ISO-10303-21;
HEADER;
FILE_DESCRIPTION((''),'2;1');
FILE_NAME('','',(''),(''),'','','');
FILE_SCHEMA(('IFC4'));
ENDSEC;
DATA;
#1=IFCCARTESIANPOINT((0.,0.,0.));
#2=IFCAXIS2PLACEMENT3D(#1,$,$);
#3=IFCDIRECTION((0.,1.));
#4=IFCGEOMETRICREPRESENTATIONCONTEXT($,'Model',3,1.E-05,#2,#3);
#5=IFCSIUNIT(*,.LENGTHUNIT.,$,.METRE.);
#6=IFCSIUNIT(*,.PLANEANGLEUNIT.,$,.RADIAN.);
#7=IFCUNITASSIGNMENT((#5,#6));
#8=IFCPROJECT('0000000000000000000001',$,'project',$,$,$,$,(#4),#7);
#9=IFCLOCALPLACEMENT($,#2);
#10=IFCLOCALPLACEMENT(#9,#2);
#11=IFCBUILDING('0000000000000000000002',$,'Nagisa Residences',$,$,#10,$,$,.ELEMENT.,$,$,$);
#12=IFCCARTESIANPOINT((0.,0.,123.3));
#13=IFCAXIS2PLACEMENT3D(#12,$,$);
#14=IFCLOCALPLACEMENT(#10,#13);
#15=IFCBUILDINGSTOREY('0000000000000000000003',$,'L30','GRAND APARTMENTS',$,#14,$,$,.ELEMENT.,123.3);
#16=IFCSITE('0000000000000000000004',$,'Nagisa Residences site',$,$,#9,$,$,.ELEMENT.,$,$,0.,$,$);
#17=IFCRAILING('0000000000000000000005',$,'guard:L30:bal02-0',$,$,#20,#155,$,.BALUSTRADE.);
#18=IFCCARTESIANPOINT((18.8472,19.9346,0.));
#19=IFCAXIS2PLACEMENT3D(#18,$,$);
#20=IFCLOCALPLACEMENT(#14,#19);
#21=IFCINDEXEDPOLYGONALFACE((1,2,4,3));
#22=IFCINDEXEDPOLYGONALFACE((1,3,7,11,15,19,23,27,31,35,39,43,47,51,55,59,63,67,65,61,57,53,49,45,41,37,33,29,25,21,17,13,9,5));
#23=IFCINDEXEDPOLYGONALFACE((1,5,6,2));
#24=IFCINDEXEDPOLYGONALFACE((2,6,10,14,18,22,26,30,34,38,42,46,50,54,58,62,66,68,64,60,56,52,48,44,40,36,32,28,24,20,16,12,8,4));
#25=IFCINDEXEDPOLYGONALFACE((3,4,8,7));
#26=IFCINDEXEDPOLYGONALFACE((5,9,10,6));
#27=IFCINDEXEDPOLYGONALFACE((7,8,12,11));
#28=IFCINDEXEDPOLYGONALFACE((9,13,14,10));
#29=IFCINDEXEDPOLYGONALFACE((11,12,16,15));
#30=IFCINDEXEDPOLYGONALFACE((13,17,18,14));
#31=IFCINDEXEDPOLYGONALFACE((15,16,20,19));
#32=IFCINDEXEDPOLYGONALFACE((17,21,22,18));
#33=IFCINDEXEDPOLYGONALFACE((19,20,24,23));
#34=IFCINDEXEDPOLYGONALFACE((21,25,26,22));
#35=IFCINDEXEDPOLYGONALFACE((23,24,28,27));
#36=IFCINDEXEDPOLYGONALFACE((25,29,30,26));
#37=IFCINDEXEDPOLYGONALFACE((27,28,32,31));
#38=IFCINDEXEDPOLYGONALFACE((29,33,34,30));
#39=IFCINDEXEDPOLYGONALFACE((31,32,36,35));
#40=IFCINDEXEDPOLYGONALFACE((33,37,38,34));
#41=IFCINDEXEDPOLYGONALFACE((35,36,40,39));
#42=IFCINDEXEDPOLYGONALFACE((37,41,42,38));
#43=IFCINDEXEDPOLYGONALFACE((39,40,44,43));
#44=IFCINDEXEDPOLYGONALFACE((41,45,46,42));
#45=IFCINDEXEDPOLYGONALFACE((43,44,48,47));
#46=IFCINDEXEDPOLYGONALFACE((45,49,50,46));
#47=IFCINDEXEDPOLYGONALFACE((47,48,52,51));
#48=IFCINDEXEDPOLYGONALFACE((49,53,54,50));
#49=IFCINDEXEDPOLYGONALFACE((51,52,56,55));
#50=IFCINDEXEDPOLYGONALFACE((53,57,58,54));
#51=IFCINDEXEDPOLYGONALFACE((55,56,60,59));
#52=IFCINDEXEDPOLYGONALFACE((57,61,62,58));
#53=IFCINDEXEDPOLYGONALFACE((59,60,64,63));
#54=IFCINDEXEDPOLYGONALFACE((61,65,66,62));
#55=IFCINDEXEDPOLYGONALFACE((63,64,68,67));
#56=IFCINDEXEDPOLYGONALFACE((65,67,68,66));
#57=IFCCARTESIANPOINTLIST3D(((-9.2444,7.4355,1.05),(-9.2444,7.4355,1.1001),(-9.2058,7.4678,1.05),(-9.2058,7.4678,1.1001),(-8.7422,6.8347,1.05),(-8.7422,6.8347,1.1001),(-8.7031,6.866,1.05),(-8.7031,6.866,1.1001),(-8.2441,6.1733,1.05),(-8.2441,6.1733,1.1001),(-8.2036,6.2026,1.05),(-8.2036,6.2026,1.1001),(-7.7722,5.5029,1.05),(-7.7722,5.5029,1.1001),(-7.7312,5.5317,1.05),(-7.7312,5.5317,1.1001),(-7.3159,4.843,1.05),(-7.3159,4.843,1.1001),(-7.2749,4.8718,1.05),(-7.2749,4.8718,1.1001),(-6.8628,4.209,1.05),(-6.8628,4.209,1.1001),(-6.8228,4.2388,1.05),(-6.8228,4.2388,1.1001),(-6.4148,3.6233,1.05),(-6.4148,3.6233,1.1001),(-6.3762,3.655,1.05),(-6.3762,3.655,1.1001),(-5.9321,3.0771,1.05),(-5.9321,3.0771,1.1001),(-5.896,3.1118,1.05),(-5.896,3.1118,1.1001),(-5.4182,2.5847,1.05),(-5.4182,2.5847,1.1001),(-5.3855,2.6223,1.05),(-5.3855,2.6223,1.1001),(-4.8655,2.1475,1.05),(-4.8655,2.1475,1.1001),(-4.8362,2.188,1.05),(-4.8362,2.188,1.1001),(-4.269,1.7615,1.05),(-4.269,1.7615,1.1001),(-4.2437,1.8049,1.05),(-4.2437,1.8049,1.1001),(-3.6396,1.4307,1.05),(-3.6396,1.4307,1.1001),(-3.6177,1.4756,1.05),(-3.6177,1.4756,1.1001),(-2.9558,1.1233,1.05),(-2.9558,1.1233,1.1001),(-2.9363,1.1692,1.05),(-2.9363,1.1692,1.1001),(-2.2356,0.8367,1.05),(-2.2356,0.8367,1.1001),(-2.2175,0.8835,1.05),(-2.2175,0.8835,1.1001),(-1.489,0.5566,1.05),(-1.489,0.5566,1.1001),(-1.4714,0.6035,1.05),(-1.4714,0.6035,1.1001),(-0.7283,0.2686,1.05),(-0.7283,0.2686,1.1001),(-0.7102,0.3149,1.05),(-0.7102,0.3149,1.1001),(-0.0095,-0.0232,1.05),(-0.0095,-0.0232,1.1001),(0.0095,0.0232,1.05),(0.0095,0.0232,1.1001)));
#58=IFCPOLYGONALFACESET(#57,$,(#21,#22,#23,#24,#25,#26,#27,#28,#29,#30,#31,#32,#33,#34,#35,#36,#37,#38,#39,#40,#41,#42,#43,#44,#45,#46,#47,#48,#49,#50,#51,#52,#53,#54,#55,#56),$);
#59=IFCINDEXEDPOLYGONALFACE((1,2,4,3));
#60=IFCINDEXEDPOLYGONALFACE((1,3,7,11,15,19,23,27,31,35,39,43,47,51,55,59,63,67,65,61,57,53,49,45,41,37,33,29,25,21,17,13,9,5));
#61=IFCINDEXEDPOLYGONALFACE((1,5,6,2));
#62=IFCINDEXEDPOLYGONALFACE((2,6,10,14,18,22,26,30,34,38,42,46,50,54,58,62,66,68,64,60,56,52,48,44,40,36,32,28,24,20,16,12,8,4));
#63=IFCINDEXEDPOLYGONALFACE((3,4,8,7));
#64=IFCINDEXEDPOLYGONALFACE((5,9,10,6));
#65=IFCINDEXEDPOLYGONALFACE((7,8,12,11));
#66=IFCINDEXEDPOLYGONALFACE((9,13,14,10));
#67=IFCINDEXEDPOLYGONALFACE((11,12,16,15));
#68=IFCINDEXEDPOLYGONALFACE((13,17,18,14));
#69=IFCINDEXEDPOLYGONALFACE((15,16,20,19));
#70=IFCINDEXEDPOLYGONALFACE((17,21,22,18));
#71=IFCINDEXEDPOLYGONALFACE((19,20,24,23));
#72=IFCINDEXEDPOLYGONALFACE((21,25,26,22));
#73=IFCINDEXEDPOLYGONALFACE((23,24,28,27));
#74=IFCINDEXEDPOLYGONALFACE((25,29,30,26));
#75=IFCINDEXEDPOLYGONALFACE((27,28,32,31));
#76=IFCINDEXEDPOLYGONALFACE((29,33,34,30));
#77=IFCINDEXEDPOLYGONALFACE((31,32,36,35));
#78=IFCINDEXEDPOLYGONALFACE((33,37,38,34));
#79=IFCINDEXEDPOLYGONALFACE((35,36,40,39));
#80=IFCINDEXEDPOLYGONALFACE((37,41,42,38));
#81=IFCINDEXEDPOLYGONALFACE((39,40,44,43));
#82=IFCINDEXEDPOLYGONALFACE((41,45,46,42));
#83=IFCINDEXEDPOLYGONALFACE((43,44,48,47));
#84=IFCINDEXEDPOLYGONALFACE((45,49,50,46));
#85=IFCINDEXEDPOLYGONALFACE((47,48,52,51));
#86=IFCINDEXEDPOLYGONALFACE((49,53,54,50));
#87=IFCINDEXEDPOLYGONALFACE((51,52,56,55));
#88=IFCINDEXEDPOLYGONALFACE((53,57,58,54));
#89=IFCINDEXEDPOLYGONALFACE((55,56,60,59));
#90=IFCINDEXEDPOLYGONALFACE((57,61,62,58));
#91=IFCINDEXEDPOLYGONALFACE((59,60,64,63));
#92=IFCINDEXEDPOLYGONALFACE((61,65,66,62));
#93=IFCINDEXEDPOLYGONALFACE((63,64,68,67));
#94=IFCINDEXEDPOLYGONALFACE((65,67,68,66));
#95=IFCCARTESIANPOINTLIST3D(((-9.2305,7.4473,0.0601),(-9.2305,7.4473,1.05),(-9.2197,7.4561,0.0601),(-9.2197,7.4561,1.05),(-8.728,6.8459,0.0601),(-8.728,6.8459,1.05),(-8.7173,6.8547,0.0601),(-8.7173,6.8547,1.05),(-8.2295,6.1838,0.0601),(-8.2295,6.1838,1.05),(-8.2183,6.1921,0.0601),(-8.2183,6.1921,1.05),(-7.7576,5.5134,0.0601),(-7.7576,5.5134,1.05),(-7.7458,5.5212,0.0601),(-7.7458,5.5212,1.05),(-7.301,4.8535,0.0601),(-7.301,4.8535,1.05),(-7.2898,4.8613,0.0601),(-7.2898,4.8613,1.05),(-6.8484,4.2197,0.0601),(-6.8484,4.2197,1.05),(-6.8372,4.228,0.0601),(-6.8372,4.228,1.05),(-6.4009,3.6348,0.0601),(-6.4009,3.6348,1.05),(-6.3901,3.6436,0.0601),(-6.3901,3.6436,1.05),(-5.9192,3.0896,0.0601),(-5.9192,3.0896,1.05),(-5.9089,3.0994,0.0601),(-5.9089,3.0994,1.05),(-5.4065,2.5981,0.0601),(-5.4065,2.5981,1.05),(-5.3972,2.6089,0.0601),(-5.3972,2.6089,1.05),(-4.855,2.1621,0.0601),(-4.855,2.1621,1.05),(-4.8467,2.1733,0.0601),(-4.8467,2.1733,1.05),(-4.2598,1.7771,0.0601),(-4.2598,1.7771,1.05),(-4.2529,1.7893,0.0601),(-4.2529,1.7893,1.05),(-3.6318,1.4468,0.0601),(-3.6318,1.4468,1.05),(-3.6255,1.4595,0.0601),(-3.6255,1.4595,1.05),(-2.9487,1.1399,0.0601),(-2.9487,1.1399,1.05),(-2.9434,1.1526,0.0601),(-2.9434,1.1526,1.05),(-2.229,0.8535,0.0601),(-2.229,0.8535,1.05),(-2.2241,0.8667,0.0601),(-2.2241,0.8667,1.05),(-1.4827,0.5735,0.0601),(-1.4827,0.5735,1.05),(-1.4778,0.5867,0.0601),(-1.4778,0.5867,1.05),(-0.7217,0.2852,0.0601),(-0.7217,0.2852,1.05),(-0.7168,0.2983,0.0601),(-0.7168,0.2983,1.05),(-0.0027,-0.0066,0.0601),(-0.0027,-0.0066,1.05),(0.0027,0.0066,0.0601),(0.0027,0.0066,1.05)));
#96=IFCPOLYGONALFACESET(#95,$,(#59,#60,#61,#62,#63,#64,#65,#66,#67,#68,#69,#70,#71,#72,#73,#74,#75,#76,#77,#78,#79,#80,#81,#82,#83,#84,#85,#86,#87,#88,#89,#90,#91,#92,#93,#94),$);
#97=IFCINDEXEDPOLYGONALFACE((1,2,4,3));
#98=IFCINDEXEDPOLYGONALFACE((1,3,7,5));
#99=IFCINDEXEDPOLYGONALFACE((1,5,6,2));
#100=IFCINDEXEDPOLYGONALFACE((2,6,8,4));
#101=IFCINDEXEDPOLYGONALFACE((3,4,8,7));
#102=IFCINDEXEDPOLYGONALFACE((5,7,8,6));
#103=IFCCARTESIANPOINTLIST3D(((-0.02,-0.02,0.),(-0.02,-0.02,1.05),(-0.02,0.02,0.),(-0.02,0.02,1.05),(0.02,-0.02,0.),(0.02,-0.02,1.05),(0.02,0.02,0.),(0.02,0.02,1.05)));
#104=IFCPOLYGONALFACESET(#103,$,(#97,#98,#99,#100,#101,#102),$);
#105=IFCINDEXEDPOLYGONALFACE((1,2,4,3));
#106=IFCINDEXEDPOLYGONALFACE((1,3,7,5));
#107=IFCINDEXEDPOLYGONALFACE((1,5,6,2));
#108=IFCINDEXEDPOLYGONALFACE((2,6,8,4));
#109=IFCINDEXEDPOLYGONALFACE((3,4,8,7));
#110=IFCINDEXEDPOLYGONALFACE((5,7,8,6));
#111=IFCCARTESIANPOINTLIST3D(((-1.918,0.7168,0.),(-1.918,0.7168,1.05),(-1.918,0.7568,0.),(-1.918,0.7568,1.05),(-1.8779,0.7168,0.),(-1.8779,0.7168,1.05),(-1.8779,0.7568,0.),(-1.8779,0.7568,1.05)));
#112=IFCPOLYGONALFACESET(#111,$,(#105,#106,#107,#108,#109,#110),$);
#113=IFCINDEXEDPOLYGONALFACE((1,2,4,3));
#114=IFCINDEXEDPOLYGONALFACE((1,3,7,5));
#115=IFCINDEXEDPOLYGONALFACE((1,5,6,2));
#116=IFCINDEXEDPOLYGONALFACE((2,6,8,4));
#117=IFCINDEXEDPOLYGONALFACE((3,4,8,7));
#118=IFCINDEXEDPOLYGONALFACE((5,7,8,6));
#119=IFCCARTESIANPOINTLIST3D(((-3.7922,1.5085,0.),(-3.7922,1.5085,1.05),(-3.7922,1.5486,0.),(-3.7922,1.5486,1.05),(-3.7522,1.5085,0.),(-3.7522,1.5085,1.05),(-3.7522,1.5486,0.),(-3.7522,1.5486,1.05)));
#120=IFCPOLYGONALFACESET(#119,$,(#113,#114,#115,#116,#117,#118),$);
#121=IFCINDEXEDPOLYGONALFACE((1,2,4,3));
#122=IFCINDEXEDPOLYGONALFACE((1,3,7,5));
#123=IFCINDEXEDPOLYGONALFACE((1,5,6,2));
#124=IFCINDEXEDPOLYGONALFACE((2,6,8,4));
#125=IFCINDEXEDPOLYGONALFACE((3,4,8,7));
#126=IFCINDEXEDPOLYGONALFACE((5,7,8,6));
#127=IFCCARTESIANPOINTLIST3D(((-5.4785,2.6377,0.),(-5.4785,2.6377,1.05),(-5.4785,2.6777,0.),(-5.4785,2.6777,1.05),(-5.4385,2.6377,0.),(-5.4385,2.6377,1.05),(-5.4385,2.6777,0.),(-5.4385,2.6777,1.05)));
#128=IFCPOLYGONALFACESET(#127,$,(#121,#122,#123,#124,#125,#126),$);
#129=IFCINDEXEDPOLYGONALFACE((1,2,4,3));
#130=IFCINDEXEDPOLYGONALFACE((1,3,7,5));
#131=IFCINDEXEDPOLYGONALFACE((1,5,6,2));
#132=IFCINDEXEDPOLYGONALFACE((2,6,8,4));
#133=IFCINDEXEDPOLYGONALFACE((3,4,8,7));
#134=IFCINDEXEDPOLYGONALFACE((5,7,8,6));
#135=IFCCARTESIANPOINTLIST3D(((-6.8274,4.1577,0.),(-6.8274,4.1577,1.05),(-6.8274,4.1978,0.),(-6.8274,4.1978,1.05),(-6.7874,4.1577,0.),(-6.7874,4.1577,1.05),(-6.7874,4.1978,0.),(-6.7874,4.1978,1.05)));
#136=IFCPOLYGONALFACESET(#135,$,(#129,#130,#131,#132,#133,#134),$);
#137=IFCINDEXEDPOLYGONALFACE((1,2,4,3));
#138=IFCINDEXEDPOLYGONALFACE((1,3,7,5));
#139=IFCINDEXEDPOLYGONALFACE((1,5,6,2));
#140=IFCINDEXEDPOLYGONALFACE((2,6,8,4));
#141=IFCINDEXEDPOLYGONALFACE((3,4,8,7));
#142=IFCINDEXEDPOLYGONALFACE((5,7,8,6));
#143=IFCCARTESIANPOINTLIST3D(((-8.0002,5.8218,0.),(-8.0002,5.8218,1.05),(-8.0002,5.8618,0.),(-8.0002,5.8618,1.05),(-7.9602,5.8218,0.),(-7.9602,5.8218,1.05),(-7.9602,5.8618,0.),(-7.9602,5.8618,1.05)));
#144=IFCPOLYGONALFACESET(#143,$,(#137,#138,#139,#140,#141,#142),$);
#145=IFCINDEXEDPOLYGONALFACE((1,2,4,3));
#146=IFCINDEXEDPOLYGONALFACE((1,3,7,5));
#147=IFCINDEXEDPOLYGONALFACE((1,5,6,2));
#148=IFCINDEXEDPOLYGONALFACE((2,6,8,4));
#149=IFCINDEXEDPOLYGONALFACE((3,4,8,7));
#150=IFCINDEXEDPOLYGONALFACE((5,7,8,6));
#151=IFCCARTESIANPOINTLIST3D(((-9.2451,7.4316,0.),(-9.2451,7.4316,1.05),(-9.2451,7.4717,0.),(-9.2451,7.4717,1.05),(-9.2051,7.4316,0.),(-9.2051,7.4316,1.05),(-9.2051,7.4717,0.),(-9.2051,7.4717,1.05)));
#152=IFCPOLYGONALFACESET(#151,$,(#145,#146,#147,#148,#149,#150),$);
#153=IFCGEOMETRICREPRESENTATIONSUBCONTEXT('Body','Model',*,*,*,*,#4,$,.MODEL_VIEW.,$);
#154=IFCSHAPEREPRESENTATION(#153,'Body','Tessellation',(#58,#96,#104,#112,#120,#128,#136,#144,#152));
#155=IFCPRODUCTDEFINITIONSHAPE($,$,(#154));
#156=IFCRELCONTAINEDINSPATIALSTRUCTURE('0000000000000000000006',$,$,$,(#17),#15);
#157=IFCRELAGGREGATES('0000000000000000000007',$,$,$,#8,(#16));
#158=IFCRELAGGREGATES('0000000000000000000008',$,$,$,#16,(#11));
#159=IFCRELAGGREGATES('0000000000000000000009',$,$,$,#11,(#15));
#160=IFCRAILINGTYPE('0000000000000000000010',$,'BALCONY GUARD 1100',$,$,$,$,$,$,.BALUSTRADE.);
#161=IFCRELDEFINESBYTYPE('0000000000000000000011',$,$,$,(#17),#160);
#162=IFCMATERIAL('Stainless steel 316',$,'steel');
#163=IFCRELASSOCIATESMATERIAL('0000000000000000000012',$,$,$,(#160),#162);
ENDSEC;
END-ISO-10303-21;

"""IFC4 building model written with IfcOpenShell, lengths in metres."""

from ifc_helpers import new_model, si_unit, direction, frame, origin, origin_2d, place, context, subcontext, project, spatial, polyline, rectangle, outline, extrude, material, type_object, element, save


model = new_model("IFC4")

# Units and contexts
model_context = context("Model", 3, precision=1e-05, world=origin(), true_north=direction((0.0, 1.0)))
body_context = subcontext(model_context, "Body", "Model", "MODEL_VIEW")
ifc_project = project(units=[si_unit("LENGTHUNIT", "METRE"), si_unit("PLANEANGLEUNIT", "RADIAN")], contexts=[model_context])

# Site, building, storey
site_placement = place(None, origin())
site = spatial("IfcSite", under=ifc_project, at=site_placement, Name="Nagisa Residences site", CompositionType="ELEMENT", RefElevation=0.0)
building_placement = place(site_placement, origin())
building = spatial("IfcBuilding", under=site, at=building_placement, Name="Nagisa Residences", CompositionType="ELEMENT")
storey_placement = place(building_placement, frame((0.0, 0.0, 123.3)))
storey = spatial("IfcBuildingStorey", under=building, at=storey_placement, Name="L30", Description="GRAND APARTMENTS", CompositionType="ELEMENT", Elevation=123.3)

# Railing
ifc_material_1 = material(Name="Stainless steel 316", Category="steel")
railing_type = type_object("IfcRailingType", Name="BALCONY GUARD 1100", PredefinedType="BALUSTRADE", material=ifc_material_1)
railing_1_placement = place(storey_placement, frame((18.8472, 19.9346, 0.0)))
element("IfcRailing", 1, at=railing_1_placement, inside=storey, type_object=railing_type, Name="guard:L30:bal02-0", PredefinedType="BALUSTRADE", context=body_context, shape_type="SweptSolid", body=[
    extrude(outline(polyline([(-0.7283, 0.2686), (-0.0095, -0.0232), (0.0095, 0.0232), (-0.7102, 0.3149), (-1.4714, 0.6035), (-2.2175, 0.8835), (-2.9363, 1.1692), (-3.6177, 1.4756), (-4.2437, 1.8049), (-4.8362, 2.188), (-5.3855, 2.6223), (-5.896, 3.1118), (-6.3762, 3.655), (-6.8228, 4.2388), (-7.2749, 4.8718), (-7.7312, 5.5317), (-8.2036, 6.2026), (-8.7031, 6.866), (-9.2058, 7.4678), (-9.2444, 7.4355), (-8.7422, 6.8347), (-8.2441, 6.1733), (-7.7722, 5.5029), (-7.3159, 4.843), (-6.8628, 4.209), (-6.4148, 3.6233), (-5.9321, 3.0771), (-5.4182, 2.5847), (-4.8655, 2.1475), (-4.269, 1.7615), (-3.6396, 1.4307), (-2.9558, 1.1233), (-2.2356, 0.8367), (-1.489, 0.5566), (-0.7283, 0.2686)])), frame((0.0, 0.0, 1.05)), (0.0, 0.0, 1.0), 0.05),
    extrude(outline(polyline([(-0.7217, 0.2852), (-0.0027, -0.0066), (0.0027, 0.0066), (-0.7168, 0.2983), (-1.4778, 0.5867), (-2.2241, 0.8667), (-2.9434, 1.1526), (-3.6255, 1.4595), (-4.2529, 1.7893), (-4.8467, 2.1733), (-5.3972, 2.6089), (-5.9089, 3.0994), (-6.3901, 3.6436), (-6.8372, 4.228), (-7.2898, 4.8613), (-7.7458, 5.5212), (-8.2183, 6.1921), (-8.7173, 6.8547), (-9.2197, 7.4561), (-9.2305, 7.4473), (-8.728, 6.8459), (-8.2295, 6.1838), (-7.7576, 5.5134), (-7.301, 4.8535), (-6.8484, 4.2197), (-6.4009, 3.6348), (-5.9192, 3.0896), (-5.4065, 2.5981), (-4.855, 2.1621), (-4.2598, 1.7771), (-3.6318, 1.4468), (-2.9487, 1.1399), (-2.229, 0.8535), (-1.4827, 0.5735), (-0.7217, 0.2852)])), frame((0.0, 0.0, 0.0601)), (0.0, 0.0, 1.0), 0.99),
    extrude(rectangle(XDim=0.04, YDim=0.04, at=origin_2d()), origin(), (0.0, 0.0, 1.0), 1.05),
    extrude(rectangle(XDim=0.04, YDim=0.04, at=origin_2d()), frame((-1.8979, 0.7368, 0.0)), (0.0, 0.0, 1.0), 1.05),
    extrude(rectangle(XDim=0.04, YDim=0.04, at=origin_2d()), frame((-3.7722, 1.5286, 0.0)), (0.0, 0.0, 1.0), 1.05),
    extrude(rectangle(XDim=0.04, YDim=0.04, at=origin_2d()), frame((-5.4585, 2.6577, 0.0)), (0.0, 0.0, 1.0), 1.05),
    extrude(rectangle(XDim=0.04, YDim=0.04, at=origin_2d()), frame((-6.8074, 4.1777, 0.0)), (0.0, 0.0, 1.0), 1.05),
    extrude(rectangle(XDim=0.04, YDim=0.04, at=origin_2d()), frame((-7.9802, 5.8418, 0.0)), (0.0, 0.0, 1.0), 1.05),
    extrude(rectangle(XDim=0.04, YDim=0.04, at=origin_2d()), frame((-9.2251, 7.4517, 0.0)), (0.0, 0.0, 1.0), 1.05),
])

save(model, "model.ifc")
